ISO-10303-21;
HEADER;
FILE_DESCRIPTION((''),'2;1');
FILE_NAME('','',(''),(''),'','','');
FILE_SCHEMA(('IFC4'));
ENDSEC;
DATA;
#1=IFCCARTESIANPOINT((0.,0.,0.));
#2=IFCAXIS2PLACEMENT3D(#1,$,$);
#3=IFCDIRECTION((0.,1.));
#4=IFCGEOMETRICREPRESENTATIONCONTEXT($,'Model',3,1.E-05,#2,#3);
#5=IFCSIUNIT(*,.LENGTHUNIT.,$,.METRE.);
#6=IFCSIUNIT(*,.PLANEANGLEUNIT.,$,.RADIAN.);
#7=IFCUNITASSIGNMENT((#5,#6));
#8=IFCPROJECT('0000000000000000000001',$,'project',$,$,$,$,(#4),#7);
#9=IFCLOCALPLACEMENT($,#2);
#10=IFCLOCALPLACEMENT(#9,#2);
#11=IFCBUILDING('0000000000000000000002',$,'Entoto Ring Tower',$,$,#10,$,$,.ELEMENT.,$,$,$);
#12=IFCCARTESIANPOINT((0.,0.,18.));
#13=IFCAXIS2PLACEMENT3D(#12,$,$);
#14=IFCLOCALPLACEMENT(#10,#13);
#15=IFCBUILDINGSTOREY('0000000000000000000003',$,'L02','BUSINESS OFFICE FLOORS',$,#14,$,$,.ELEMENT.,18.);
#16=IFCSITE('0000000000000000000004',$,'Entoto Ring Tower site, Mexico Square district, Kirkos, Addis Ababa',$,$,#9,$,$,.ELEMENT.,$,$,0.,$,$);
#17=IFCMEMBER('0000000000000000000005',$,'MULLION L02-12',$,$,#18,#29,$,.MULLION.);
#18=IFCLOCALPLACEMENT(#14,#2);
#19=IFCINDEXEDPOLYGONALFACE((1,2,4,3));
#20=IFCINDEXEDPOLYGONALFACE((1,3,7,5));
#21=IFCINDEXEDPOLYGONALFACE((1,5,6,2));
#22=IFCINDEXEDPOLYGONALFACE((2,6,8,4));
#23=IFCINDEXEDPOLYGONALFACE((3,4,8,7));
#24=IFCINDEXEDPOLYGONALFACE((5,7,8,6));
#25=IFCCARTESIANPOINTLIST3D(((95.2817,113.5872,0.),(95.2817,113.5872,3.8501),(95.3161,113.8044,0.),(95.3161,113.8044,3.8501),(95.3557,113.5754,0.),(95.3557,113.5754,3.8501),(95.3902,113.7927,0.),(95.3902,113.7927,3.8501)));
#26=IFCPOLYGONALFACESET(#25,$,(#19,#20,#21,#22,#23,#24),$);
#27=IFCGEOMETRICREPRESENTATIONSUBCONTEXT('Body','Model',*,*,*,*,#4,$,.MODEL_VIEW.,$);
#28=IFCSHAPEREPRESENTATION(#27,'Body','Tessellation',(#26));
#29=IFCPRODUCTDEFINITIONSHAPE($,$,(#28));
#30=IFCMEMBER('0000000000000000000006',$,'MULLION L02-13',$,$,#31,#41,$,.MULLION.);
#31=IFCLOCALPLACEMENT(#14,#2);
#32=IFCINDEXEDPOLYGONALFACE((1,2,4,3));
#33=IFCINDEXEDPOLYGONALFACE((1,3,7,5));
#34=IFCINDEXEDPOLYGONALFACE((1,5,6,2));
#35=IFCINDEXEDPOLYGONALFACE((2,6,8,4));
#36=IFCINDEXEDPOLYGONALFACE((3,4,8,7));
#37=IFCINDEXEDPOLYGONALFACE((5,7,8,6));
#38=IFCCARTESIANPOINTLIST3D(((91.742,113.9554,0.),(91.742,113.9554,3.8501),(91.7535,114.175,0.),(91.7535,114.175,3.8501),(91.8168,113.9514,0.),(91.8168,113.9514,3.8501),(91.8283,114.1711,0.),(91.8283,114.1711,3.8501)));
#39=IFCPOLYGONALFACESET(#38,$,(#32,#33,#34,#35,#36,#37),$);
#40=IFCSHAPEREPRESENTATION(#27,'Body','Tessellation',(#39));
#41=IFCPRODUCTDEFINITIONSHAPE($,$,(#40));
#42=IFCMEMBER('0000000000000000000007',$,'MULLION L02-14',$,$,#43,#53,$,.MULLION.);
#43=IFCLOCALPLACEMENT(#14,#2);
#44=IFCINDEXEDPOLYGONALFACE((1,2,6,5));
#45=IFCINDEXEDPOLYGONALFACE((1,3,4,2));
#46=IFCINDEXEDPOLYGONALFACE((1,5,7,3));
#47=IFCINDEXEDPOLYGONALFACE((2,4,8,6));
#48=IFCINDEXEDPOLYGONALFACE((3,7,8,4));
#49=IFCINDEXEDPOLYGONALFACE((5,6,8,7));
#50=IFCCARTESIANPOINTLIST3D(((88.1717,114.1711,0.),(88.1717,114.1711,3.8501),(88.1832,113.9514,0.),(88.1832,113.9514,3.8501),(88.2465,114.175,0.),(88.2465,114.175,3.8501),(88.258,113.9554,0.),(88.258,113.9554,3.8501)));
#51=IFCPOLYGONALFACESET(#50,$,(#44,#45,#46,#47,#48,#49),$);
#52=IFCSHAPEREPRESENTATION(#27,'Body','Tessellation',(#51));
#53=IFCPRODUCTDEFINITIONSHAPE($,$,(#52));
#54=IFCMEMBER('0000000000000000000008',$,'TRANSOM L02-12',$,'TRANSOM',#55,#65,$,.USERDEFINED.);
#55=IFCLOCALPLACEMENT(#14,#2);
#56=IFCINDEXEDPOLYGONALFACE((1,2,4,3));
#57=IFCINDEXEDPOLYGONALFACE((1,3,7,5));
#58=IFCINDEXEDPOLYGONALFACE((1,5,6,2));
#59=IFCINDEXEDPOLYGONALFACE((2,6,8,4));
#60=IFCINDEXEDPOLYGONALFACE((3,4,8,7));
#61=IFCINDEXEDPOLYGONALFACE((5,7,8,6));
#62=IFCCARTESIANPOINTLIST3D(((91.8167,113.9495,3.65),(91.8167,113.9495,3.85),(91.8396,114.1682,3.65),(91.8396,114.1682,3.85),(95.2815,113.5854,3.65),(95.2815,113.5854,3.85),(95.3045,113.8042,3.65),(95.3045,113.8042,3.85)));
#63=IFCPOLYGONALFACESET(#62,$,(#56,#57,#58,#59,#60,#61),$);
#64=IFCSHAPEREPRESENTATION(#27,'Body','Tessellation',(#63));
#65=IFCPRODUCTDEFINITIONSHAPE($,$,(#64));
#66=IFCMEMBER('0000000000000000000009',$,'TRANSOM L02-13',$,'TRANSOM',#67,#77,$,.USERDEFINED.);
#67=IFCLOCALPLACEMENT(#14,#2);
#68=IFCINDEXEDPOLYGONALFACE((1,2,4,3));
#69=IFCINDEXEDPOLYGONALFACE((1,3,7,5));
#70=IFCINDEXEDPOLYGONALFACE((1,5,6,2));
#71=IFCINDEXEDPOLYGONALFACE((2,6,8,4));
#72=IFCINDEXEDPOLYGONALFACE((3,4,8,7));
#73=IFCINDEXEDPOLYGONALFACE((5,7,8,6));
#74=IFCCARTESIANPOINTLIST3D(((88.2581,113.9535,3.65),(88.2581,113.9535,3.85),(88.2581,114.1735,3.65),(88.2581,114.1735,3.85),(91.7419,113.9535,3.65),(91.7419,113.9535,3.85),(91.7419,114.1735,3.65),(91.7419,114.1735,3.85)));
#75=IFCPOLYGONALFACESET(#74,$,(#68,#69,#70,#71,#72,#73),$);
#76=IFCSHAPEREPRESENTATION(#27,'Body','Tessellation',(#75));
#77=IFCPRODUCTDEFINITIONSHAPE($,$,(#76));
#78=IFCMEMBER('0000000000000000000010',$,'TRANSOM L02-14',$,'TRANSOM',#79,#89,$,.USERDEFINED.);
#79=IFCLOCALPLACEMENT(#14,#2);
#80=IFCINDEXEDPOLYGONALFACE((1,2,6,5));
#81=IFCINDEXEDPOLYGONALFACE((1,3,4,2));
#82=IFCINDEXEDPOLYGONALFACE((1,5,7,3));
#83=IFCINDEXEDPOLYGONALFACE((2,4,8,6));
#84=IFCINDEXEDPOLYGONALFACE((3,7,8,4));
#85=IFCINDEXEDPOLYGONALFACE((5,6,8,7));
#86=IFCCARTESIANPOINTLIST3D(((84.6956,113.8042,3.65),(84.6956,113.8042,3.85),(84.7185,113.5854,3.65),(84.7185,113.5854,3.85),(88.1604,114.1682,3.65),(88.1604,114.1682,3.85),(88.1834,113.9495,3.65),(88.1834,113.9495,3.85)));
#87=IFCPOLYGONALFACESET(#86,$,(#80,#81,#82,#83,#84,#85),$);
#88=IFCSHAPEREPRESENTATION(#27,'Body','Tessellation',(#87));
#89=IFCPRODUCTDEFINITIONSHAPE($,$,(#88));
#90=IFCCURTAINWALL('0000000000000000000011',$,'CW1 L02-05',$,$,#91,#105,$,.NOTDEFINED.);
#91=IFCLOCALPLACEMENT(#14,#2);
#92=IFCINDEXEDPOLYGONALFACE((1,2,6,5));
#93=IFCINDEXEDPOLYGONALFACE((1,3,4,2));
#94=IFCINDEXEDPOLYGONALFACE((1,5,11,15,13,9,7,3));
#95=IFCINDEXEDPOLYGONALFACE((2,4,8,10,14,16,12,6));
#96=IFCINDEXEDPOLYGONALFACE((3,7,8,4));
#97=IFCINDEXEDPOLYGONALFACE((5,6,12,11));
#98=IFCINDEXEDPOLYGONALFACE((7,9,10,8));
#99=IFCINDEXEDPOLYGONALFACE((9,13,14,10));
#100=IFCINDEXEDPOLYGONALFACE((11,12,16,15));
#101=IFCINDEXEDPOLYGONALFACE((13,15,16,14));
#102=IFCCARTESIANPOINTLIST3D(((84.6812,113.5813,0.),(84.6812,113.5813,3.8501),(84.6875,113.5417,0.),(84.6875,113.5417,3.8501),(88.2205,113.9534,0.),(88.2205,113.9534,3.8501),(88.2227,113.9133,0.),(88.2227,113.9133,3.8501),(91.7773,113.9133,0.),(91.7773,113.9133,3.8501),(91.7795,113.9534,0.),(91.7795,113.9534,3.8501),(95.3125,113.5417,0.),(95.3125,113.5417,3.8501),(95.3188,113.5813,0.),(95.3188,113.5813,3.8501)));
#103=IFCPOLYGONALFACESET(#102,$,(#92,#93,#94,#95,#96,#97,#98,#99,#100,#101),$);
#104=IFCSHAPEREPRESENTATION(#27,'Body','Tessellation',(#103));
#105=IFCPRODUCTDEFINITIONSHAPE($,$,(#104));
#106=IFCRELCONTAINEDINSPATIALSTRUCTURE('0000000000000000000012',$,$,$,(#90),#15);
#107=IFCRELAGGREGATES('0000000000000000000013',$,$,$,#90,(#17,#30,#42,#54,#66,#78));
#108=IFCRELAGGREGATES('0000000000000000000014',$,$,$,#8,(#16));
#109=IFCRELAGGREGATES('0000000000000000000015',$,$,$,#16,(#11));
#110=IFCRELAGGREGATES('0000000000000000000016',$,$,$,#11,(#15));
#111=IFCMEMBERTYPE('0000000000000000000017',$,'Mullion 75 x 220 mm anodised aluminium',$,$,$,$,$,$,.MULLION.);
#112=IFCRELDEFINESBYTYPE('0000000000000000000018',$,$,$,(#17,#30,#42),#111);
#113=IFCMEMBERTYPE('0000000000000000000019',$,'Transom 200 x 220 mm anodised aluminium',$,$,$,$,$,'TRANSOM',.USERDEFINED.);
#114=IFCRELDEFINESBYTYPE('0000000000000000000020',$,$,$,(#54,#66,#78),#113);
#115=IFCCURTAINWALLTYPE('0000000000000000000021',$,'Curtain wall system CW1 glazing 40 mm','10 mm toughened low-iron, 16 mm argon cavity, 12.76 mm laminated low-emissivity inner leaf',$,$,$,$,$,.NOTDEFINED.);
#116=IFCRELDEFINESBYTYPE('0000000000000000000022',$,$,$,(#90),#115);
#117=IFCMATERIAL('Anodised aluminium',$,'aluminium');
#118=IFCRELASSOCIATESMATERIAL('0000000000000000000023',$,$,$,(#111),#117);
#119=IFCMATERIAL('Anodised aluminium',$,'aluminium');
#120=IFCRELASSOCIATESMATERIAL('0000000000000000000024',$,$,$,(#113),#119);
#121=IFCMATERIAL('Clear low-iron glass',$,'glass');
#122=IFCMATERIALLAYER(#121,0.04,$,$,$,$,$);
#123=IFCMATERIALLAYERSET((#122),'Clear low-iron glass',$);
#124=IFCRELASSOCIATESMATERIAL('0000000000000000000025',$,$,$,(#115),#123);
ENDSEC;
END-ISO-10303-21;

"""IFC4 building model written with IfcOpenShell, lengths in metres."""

from ifc_helpers import new_model, si_unit, direction, frame, origin, origin_2d, place, context, subcontext, project, spatial, polyline, rectangle, outline, extrude, material, layer, layer_set, material_profile, profile_set, type_object, element, aggregate, save


model = new_model("IFC4")

# Units and contexts
model_context = context("Model", 3, precision=1e-05, world=origin(), true_north=direction((0.0, 1.0)))
body_context = subcontext(model_context, "Body", "Model", "MODEL_VIEW")
ifc_project = project(units=[si_unit("LENGTHUNIT", "METRE"), si_unit("PLANEANGLEUNIT", "RADIAN")], contexts=[model_context])

# Members
ifc_material_1 = material(Name="Anodised aluminium", Category="aluminium")
ifc_material_profile_1 = material_profile(ifc_material_1, rectangle(XDim=0.075, YDim=0.22, at=origin_2d()), Name="Mullion 75 x 220 mm anodised aluminium")
ifc_profile_set_1 = profile_set([ifc_material_profile_1], Name="Anodised aluminium")
member_type_1 = type_object("IfcMemberType", Name="Mullion 75 x 220 mm anodised aluminium", PredefinedType="MULLION", material=ifc_profile_set_1)
site_placement = place(None, origin())
building_placement = place(site_placement, origin())
storey_placement = place(building_placement, frame((0.0, 0.0, 18.0)))
member_1_placement = place(storey_placement, frame((95.3359, 113.6899, 0.0), z_axis=(0.0, 0.0, 1.0), x_axis=(-0.987688, 0.156434, 0.0)))
member_1 = element("IfcMember", 1, at=member_1_placement, type_object=member_type_1, Name="MULLION L02-12", PredefinedType="MULLION", context=body_context, shape_type="SweptSolid", body=[
    extrude(rectangle(XDim=0.075, YDim=0.22, at=origin_2d()), origin(), (0.0, 0.0, 1.0), 3.8501),
])
member_2_placement = place(storey_placement, frame((91.7852, 114.0632, 0.0), z_axis=(0.0, 0.0, 1.0), x_axis=(-0.99863, 0.052336, 0.0)))
member_2 = element("IfcMember", 2, at=member_2_placement, type_object=member_type_1, Name="MULLION L02-13", PredefinedType="MULLION", context=body_context, shape_type="SweptSolid", body=[
    extrude(rectangle(XDim=0.075, YDim=0.22, at=origin_2d()), origin(), (0.0, 0.0, 1.0), 3.8501),
])
member_3_placement = place(storey_placement, frame((88.2148, 114.0632, 0.0), z_axis=(0.0, 0.0, 1.0), x_axis=(-0.99863, -0.052336, 0.0)))
member_3 = element("IfcMember", 3, at=member_3_placement, type_object=member_type_1, Name="MULLION L02-14", PredefinedType="MULLION", context=body_context, shape_type="SweptSolid", body=[
    extrude(rectangle(XDim=0.075, YDim=0.22, at=origin_2d()), origin(), (0.0, 0.0, 1.0), 3.8501),
])
ifc_material_2 = material(Name="Anodised aluminium", Category="aluminium")
ifc_material_profile_2 = material_profile(ifc_material_2, rectangle(XDim=0.22, YDim=0.2, at=origin_2d()), Name="Transom 200 x 220 mm anodised aluminium")
ifc_profile_set_2 = profile_set([ifc_material_profile_2], Name="Anodised aluminium")
member_type_2 = type_object("IfcMemberType", Name="Transom 200 x 220 mm anodised aluminium", ElementType="TRANSOM", PredefinedType="USERDEFINED", material=ifc_profile_set_2)
member_4_placement = place(storey_placement, frame((95.293, 113.6948, 3.75), z_axis=(-0.994527, 0.104484, 0.0), x_axis=(-0.104484, -0.994527, 0.0)))
member_4 = element("IfcMember", 4, at=member_4_placement, type_object=member_type_2, Name="TRANSOM L02-12", ObjectType="TRANSOM", PredefinedType="USERDEFINED", context=body_context, shape_type="SweptSolid", body=[
    extrude(rectangle(XDim=0.22, YDim=0.2, at=origin_2d()), origin(), (0.0, 0.0, 1.0), 3.4839),
])
member_5_placement = place(storey_placement, frame((91.7419, 114.0635, 3.75), z_axis=(-1.0, 0.0, 0.0), x_axis=(0.0, -1.0, 0.0)))
member_5 = element("IfcMember", 5, at=member_5_placement, type_object=member_type_2, Name="TRANSOM L02-13", ObjectType="TRANSOM", PredefinedType="USERDEFINED", context=body_context, shape_type="SweptSolid", body=[
    extrude(rectangle(XDim=0.22, YDim=0.2, at=origin_2d()), origin(), (0.0, 0.0, 1.0), 3.4839),
])
member_6_placement = place(storey_placement, frame((88.1719, 114.0588, 3.75), z_axis=(-0.994527, -0.104484, 0.0), x_axis=(0.104484, -0.994527, 0.0)))
member_6 = element("IfcMember", 6, at=member_6_placement, type_object=member_type_2, Name="TRANSOM L02-14", ObjectType="TRANSOM", PredefinedType="USERDEFINED", context=body_context, shape_type="SweptSolid", body=[
    extrude(rectangle(XDim=0.22, YDim=0.2, at=origin_2d()), origin(), (0.0, 0.0, 1.0), 3.4839),
])

# Site, building, storey
site = spatial("IfcSite", under=ifc_project, at=site_placement, Name="Entoto Ring Tower site, Mexico Square district, Kirkos, Addis Ababa", CompositionType="ELEMENT", RefElevation=0.0)
building = spatial("IfcBuilding", under=site, at=building_placement, Name="Entoto Ring Tower", CompositionType="ELEMENT")
storey = spatial("IfcBuildingStorey", under=building, at=storey_placement, Name="L02", Description="BUSINESS OFFICE FLOORS", CompositionType="ELEMENT", Elevation=18.0)

# Curtain wall
ifc_material_3 = material(Name="Clear low-iron glass", Category="glass")
ifc_layer = layer(ifc_material_3, 0.04)
ifc_layer_set = layer_set([ifc_layer], Name="Clear low-iron glass")
curtain_wall_type = type_object("IfcCurtainWallType", Name="Curtain wall system CW1 glazing 40 mm", Description="10 mm toughened low-iron, 16 mm argon cavity, 12.76 mm laminated low-emissivity inner leaf", PredefinedType="NOTDEFINED", material=ifc_layer_set)
curtain_wall_1_placement = place(storey_placement, origin())
curtain_wall_1 = element("IfcCurtainWall", 7, at=curtain_wall_1_placement, inside=storey, type_object=curtain_wall_type, Name="CW1 L02-05", PredefinedType="NOTDEFINED", context=body_context, shape_type="SweptSolid", body=[
    extrude(outline(polyline([(95.3188, 113.5813), (91.7795, 113.9534), (88.2205, 113.9534), (84.6812, 113.5813), (84.6875, 113.5417), (88.2227, 113.9133), (91.7773, 113.9133), (95.3125, 113.5417), (95.3188, 113.5813)])), origin(), (0.0, 0.0, 1.0), 3.8501),
])
aggregate(curtain_wall_1, [member_1, member_2, member_3, member_4, member_5, member_6])

save(model, "model.ifc")
